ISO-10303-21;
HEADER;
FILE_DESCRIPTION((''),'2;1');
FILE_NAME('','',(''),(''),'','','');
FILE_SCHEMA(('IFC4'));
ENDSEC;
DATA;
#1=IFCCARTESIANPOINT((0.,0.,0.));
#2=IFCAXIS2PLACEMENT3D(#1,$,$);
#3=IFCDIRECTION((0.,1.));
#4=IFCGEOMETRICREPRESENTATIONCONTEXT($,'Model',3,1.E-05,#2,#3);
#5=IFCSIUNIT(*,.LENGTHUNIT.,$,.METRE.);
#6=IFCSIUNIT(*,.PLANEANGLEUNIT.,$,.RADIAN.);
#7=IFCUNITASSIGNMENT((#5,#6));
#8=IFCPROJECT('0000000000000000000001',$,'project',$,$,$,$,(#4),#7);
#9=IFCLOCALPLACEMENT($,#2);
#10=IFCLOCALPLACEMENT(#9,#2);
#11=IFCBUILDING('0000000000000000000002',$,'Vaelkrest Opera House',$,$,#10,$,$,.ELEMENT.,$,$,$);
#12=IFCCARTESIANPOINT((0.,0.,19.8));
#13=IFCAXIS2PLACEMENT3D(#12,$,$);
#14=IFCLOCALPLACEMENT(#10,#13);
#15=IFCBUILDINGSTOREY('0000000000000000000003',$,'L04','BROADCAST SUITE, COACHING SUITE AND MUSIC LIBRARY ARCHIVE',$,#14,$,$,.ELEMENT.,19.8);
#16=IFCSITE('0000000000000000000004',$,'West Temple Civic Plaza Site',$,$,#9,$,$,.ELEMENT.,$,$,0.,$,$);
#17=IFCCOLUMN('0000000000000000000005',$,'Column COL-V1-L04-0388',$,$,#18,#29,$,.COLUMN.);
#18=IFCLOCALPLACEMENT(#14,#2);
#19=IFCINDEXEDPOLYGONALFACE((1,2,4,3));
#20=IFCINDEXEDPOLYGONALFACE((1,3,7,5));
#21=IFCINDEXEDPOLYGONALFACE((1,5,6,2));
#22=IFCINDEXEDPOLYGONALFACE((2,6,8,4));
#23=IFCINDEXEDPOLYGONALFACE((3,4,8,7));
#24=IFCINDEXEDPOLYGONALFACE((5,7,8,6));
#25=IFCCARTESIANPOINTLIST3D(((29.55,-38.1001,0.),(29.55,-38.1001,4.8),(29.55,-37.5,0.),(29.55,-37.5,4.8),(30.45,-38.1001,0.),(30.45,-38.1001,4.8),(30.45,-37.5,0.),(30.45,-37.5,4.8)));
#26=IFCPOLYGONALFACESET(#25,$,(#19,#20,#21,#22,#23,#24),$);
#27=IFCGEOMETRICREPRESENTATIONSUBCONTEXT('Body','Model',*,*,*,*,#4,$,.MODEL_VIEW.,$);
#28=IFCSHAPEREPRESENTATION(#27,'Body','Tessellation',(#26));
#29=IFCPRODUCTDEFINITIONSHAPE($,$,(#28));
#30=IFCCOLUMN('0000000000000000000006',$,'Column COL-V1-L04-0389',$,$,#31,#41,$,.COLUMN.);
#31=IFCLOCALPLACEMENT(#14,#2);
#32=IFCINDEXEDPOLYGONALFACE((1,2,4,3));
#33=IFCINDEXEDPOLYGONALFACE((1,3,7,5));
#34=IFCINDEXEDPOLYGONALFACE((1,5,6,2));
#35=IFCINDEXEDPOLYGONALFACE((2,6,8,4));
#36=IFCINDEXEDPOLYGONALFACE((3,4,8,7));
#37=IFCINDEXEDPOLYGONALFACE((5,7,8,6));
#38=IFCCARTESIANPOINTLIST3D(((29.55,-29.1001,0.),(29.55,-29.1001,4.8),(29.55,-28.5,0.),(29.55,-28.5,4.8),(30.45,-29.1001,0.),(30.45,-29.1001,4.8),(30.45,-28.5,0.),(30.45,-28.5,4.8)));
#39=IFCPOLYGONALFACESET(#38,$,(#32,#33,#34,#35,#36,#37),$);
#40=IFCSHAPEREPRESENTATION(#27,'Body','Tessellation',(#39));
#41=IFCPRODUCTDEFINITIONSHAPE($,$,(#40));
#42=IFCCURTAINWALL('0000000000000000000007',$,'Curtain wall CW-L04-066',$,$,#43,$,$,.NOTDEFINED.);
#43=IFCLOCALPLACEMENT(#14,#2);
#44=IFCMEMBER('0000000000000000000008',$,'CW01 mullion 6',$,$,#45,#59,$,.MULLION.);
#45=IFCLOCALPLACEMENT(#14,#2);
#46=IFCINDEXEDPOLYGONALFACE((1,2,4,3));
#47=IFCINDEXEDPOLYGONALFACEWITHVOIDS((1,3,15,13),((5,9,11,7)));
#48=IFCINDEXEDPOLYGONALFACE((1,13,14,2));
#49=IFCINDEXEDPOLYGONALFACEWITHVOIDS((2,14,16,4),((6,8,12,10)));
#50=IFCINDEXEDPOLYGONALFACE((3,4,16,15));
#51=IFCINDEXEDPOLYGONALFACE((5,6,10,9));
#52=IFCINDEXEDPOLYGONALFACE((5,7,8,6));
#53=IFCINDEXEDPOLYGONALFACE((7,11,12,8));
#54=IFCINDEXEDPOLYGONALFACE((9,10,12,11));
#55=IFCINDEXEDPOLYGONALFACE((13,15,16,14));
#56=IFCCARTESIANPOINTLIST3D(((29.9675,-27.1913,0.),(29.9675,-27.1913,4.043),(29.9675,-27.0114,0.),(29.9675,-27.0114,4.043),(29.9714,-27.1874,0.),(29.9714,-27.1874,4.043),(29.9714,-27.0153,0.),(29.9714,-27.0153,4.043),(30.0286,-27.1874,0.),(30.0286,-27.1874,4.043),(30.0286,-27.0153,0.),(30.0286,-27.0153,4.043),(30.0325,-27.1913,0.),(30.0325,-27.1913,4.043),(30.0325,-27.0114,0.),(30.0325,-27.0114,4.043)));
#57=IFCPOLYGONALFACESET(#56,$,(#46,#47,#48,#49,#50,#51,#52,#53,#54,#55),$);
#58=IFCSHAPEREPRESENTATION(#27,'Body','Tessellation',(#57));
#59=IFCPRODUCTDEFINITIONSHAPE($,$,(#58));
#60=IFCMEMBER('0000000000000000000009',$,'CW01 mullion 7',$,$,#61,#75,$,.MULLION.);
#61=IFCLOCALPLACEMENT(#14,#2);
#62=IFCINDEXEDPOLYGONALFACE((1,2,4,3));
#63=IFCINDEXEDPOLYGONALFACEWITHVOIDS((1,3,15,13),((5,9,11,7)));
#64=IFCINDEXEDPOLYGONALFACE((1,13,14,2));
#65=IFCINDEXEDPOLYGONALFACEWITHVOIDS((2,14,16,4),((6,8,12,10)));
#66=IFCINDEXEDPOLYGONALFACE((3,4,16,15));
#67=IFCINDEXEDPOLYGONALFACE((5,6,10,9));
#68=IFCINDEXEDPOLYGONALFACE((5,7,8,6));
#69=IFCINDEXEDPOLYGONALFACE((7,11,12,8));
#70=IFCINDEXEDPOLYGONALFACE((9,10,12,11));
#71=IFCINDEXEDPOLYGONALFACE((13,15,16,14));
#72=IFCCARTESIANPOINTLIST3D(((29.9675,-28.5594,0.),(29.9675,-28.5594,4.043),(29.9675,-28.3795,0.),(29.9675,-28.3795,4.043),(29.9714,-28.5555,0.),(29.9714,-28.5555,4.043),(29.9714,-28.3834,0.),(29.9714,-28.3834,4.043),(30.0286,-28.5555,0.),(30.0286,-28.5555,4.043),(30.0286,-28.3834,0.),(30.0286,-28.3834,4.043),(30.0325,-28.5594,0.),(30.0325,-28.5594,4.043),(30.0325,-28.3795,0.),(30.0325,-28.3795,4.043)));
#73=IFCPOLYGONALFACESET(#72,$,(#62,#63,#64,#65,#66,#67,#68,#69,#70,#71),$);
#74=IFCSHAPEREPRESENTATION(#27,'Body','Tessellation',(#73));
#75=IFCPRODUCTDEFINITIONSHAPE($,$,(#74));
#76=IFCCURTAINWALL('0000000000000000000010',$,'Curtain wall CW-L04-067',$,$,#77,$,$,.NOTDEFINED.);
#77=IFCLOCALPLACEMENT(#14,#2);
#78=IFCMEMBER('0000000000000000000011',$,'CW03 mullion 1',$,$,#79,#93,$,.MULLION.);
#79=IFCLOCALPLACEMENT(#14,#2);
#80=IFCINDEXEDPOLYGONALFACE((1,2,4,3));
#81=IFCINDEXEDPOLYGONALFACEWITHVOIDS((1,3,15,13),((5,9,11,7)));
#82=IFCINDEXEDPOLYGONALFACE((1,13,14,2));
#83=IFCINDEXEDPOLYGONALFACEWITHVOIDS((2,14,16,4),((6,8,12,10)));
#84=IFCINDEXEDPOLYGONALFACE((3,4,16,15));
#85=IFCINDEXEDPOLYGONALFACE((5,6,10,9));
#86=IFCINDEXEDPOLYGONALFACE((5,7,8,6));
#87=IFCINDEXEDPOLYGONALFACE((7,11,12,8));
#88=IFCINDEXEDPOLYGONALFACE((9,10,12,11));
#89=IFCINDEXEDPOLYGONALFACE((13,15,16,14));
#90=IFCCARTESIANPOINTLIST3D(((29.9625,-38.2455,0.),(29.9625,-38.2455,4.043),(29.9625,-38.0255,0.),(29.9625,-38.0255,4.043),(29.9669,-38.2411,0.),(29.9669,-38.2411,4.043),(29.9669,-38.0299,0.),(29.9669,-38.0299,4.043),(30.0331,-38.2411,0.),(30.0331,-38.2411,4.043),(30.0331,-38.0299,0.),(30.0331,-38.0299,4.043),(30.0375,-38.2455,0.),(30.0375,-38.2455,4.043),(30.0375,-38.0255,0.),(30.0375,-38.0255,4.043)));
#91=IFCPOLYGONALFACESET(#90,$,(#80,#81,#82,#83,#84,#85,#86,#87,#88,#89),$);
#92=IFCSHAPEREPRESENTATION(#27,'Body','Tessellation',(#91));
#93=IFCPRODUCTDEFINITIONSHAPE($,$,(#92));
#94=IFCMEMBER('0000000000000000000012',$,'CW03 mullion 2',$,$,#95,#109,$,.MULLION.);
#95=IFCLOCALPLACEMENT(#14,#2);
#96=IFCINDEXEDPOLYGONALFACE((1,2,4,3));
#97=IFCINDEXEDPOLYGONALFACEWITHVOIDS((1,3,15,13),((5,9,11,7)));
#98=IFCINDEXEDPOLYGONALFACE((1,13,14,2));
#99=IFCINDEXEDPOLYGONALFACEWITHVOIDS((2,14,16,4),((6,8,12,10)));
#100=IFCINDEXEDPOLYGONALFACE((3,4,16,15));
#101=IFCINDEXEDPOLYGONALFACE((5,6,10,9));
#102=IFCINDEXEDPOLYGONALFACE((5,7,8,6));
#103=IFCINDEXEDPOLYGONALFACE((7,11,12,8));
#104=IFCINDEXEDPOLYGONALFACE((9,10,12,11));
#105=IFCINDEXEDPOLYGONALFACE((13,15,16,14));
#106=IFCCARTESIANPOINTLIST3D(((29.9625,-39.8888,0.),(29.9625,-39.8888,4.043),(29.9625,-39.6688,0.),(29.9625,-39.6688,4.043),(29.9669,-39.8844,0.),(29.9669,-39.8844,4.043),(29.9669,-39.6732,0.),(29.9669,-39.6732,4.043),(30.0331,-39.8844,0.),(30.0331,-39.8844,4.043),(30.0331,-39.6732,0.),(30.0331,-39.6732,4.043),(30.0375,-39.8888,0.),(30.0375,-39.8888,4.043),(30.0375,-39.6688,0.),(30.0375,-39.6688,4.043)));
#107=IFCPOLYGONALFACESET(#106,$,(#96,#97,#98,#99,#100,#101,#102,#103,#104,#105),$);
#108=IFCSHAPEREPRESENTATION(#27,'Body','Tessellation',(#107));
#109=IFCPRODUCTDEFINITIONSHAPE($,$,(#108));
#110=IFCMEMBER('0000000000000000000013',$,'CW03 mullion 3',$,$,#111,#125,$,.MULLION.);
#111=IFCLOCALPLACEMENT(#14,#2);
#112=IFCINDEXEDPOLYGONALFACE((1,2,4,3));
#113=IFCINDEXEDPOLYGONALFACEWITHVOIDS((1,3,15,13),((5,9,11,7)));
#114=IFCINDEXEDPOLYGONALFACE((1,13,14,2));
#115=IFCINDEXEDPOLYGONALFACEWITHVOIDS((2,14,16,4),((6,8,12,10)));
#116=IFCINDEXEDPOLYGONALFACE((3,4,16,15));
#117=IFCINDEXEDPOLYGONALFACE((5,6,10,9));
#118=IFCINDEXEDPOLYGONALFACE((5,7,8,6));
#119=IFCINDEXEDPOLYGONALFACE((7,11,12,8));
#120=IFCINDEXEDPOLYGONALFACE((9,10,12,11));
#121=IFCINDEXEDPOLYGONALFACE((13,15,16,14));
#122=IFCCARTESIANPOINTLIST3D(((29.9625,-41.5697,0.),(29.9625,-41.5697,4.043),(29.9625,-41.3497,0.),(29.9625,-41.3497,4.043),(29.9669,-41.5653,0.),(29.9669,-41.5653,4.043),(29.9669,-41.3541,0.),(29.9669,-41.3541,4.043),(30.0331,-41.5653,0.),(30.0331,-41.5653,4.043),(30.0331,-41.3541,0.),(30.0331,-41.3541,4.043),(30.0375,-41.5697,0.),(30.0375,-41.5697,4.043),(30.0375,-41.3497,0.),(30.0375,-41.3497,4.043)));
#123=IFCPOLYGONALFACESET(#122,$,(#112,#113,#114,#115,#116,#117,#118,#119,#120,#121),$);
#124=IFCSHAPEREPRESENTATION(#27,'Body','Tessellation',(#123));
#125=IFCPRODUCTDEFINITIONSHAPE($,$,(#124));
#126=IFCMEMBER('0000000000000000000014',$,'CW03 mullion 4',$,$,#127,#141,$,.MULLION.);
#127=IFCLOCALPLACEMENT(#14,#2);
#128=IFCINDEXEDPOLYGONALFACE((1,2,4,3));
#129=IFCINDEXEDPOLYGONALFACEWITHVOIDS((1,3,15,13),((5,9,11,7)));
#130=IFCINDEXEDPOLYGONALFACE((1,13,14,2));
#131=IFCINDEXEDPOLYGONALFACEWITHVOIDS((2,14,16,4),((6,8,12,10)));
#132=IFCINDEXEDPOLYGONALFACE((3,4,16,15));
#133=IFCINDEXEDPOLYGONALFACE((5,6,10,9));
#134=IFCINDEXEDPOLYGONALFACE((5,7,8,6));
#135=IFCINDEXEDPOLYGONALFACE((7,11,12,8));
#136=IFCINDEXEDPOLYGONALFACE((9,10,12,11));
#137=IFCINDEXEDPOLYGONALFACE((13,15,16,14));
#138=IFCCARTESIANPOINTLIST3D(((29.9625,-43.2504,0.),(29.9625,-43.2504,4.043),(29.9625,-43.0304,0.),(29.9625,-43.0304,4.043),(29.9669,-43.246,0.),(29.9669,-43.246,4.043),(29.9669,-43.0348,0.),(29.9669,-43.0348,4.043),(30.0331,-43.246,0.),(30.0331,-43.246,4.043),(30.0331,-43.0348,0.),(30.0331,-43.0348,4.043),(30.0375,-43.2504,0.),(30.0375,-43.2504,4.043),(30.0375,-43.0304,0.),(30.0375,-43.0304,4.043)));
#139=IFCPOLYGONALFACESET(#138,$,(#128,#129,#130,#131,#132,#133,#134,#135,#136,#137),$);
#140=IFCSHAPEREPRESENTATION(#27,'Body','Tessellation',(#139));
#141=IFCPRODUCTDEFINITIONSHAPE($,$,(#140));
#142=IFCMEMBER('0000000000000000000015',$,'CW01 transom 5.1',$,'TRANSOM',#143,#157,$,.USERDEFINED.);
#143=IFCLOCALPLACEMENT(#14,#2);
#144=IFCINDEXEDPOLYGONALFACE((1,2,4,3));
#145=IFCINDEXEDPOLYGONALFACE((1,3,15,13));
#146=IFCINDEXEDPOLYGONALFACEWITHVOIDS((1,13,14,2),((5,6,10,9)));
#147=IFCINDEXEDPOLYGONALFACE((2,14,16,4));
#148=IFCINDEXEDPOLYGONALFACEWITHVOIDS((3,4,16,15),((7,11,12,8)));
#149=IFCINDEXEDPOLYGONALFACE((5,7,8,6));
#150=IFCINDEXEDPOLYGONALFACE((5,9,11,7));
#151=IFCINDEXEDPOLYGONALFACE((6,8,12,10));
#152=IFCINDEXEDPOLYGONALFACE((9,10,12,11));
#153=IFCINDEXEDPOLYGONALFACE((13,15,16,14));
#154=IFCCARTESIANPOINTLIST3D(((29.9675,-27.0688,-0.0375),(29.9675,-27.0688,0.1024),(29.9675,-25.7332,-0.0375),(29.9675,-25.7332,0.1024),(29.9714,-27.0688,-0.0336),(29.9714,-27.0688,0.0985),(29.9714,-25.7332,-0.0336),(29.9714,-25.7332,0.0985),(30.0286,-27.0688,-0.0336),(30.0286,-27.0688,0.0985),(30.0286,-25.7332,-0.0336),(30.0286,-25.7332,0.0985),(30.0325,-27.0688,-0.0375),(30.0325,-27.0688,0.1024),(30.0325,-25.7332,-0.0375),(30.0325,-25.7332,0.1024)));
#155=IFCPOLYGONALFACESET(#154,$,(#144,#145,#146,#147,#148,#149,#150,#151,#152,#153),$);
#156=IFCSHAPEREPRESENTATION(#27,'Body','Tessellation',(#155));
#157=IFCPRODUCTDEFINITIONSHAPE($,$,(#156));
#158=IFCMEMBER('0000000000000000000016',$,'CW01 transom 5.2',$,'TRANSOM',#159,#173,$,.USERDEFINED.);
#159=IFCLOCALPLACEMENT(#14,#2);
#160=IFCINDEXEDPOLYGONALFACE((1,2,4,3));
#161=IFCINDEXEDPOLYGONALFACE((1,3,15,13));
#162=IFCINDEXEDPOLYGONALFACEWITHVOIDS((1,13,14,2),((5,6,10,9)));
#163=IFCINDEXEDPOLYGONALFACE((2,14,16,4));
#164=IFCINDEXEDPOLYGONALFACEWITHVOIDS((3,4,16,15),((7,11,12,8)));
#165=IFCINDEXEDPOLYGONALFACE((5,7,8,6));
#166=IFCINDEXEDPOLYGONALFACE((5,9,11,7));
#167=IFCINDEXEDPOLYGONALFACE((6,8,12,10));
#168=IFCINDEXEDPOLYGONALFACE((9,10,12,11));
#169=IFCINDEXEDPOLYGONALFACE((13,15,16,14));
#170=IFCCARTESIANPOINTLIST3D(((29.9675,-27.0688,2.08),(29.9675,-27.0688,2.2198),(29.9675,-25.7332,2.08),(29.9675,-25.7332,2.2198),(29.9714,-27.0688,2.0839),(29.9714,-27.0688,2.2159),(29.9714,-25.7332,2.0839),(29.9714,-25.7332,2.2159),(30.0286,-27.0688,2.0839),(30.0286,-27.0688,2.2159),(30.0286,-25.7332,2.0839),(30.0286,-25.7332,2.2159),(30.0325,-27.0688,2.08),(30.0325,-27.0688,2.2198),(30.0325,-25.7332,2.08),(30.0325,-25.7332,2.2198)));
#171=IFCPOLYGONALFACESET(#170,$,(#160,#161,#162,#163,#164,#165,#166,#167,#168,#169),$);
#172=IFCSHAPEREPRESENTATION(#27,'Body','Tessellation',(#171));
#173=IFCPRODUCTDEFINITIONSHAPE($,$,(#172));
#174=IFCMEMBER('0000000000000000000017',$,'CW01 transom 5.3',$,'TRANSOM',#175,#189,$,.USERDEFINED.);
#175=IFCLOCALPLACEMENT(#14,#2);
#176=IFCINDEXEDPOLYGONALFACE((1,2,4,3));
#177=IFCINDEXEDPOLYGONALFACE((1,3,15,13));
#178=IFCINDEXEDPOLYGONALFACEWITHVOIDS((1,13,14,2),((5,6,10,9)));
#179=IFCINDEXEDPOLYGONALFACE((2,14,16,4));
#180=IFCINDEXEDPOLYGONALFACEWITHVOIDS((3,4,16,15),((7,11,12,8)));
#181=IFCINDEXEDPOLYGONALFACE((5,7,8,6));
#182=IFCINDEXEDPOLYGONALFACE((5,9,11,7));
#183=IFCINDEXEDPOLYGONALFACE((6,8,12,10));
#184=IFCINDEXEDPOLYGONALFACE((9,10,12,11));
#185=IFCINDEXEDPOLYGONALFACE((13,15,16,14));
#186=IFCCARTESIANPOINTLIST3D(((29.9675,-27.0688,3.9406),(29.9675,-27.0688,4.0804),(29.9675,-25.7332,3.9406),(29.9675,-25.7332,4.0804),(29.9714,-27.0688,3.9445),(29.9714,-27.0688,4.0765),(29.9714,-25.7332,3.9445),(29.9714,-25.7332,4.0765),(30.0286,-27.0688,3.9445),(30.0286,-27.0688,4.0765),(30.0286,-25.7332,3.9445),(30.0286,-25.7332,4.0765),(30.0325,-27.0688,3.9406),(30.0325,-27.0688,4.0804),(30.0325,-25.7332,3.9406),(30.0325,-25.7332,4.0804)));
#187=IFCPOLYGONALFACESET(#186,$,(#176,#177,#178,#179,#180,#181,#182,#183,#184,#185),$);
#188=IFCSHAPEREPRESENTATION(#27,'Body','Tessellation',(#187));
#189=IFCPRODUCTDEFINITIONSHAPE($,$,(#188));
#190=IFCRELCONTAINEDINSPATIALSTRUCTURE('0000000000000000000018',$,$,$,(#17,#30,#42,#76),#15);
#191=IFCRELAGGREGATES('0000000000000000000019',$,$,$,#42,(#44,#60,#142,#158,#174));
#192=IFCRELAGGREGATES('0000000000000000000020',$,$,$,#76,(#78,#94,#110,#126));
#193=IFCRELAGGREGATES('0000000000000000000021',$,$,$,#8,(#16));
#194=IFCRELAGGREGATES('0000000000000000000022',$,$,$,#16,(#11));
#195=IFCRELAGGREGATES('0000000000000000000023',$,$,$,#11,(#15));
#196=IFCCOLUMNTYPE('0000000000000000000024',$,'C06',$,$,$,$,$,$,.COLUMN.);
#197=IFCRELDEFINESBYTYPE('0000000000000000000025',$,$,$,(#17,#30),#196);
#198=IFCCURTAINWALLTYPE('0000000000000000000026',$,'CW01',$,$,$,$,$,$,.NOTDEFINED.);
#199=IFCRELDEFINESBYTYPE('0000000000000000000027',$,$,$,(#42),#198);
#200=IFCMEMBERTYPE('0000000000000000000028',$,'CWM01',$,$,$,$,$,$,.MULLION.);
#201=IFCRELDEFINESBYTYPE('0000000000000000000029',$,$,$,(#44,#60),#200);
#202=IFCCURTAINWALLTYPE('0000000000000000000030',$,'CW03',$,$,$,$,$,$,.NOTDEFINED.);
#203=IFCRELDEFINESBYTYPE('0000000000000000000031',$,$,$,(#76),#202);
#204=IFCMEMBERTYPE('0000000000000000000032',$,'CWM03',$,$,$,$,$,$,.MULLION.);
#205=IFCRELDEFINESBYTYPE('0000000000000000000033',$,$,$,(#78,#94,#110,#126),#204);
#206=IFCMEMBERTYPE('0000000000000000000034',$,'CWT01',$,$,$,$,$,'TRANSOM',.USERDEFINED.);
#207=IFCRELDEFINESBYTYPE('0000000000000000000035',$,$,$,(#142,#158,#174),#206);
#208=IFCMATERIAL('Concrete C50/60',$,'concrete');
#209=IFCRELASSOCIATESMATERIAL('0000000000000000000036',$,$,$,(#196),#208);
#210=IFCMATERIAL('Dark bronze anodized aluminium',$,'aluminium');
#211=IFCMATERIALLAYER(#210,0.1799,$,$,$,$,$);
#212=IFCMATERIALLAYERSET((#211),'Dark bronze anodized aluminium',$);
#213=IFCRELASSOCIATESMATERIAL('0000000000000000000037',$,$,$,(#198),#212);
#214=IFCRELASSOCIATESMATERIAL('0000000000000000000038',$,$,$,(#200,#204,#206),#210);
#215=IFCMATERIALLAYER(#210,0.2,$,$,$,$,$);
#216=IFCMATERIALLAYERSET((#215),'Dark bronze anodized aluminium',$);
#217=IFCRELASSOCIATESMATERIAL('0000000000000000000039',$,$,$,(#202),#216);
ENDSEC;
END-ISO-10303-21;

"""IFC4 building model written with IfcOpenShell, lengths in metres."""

from ifc_helpers import new_model, si_unit, direction, frame, origin, origin_2d, place, context, subcontext, project, spatial, rectangle, hollow_rectangle, extrude, material, layer, layer_set, material_profile, profile_set, type_object, element, aggregate, save


model = new_model("IFC4")

# Units and contexts
model_context = context("Model", 3, precision=1e-05, world=origin(), true_north=direction((0.0, 1.0)))
body_context = subcontext(model_context, "Body", "Model", "MODEL_VIEW")
ifc_project = project(units=[si_unit("LENGTHUNIT", "METRE"), si_unit("PLANEANGLEUNIT", "RADIAN")], contexts=[model_context])

# Site, building, storey
site_placement = place(None, origin())
site = spatial("IfcSite", under=ifc_project, at=site_placement, Name="West Temple Civic Plaza Site", CompositionType="ELEMENT", RefElevation=0.0)
building_placement = place(site_placement, origin())
building = spatial("IfcBuilding", under=site, at=building_placement, Name="Vaelkrest Opera House", CompositionType="ELEMENT")
storey_placement = place(building_placement, frame((0.0, 0.0, 19.8)))
storey = spatial("IfcBuildingStorey", under=building, at=storey_placement, Name="L04", Description="BROADCAST SUITE, COACHING SUITE AND MUSIC LIBRARY ARCHIVE", CompositionType="ELEMENT", Elevation=19.8)

# Columns
ifc_material_1 = material(Name="Concrete C50/60", Category="concrete")
ifc_material_profile_1 = material_profile(ifc_material_1, rectangle(XDim=0.6001, YDim=0.8999, at=origin_2d()), Name="RC600X900")
ifc_profile_set_1 = profile_set([ifc_material_profile_1], Name="Concrete C50/60")
column_type = type_object("IfcColumnType", Name="C06", PredefinedType="COLUMN", material=ifc_profile_set_1)
for number, where, z_axis, x_axis, name in (
    (1, (30.0, -37.8, 0.0), (0.0, 0.0, 1.0), (0.0, 1.0, 0.0), "Column COL-V1-L04-0388"),
    (2, (30.0, -28.8, 0.0), (0.0, 0.0, 1.0), (0.0, 1.0, 0.0), "Column COL-V1-L04-0389"),
):
    element("IfcColumn", number, at=place(storey_placement, frame(where, z_axis=z_axis, x_axis=x_axis)), inside=storey, type_object=column_type, Name=name, PredefinedType="COLUMN", context=body_context, shape_type="SweptSolid", body=[
        extrude(rectangle(XDim=0.6001, YDim=0.8999, at=origin_2d()), origin(), (0.0, 0.0, 1.0), 4.8),
    ])

# Curtain walls, members
ifc_material_2 = material(Name="Dark bronze anodized aluminium", Category="aluminium")
ifc_layer_1 = layer(ifc_material_2, 0.1799)
ifc_layer_set_1 = layer_set([ifc_layer_1], Name="Dark bronze anodized aluminium")
curtain_wall_type_1 = type_object("IfcCurtainWallType", Name="CW01", PredefinedType="NOTDEFINED", material=ifc_layer_set_1)
curtain_wall_1_placement = place(storey_placement, origin())
curtain_wall_1 = element("IfcCurtainWall", 3, at=curtain_wall_1_placement, inside=storey, type_object=curtain_wall_type_1, Name="Curtain wall CW-L04-066", PredefinedType="NOTDEFINED")
ifc_material_profile_2 = material_profile(ifc_material_2, hollow_rectangle(XDim=0.0649, YDim=0.1799, WallThickness=0.0039, at=origin_2d()), Name="CWM65X180")
ifc_profile_set_2 = profile_set([ifc_material_profile_2], Name="Dark bronze anodized aluminium")
member_type_1 = type_object("IfcMemberType", Name="CWM01", PredefinedType="MULLION", material=ifc_profile_set_2)
member_1_placement = place(storey_placement, frame((30.0, -27.1013, 0.0), z_axis=(0.0, 0.0, 1.0), x_axis=(1.0, 0.0, 0.0)))
member_1 = element("IfcMember", 4, at=member_1_placement, type_object=member_type_1, Name="CW01 mullion 6", PredefinedType="MULLION", context=body_context, shape_type="SweptSolid", body=[
    extrude(hollow_rectangle(XDim=0.0649, YDim=0.1799, WallThickness=0.0039, at=origin_2d()), origin(), (0.0, 0.0, 1.0), 4.043),
])
member_2_placement = place(storey_placement, frame((30.0, -28.4695, 0.0), z_axis=(0.0, 0.0, 1.0), x_axis=(1.0, 0.0, 0.0)))
member_2 = element("IfcMember", 5, at=member_2_placement, type_object=member_type_1, Name="CW01 mullion 7", PredefinedType="MULLION", context=body_context, shape_type="SweptSolid", body=[
    extrude(hollow_rectangle(XDim=0.0649, YDim=0.1799, WallThickness=0.0039, at=origin_2d()), origin(), (0.0, 0.0, 1.0), 4.043),
])
ifc_layer_2 = layer(ifc_material_2, 0.2)
ifc_layer_set_2 = layer_set([ifc_layer_2], Name="Dark bronze anodized aluminium")
curtain_wall_type_2 = type_object("IfcCurtainWallType", Name="CW03", PredefinedType="NOTDEFINED", material=ifc_layer_set_2)
curtain_wall_2_placement = place(storey_placement, origin())
curtain_wall_2 = element("IfcCurtainWall", 6, at=curtain_wall_2_placement, inside=storey, type_object=curtain_wall_type_2, Name="Curtain wall CW-L04-067", PredefinedType="NOTDEFINED")
ifc_material_profile_3 = material_profile(ifc_material_2, hollow_rectangle(XDim=0.075, YDim=0.22, WallThickness=0.0044, at=origin_2d()), Name="CWM75X220")
ifc_profile_set_3 = profile_set([ifc_material_profile_3], Name="Dark bronze anodized aluminium")
member_type_2 = type_object("IfcMemberType", Name="CWM03", PredefinedType="MULLION", material=ifc_profile_set_3)
member_3_placement = place(storey_placement, frame((30.0, -38.1355, 0.0), z_axis=(0.0, 0.0, 1.0), x_axis=(1.0, 0.0, 0.0)))
member_3 = element("IfcMember", 7, at=member_3_placement, type_object=member_type_2, Name="CW03 mullion 1", PredefinedType="MULLION", context=body_context, shape_type="SweptSolid", body=[
    extrude(hollow_rectangle(XDim=0.075, YDim=0.22, WallThickness=0.0044, at=origin_2d()), origin(), (0.0, 0.0, 1.0), 4.043),
])
member_4_placement = place(storey_placement, frame((30.0, -39.7788, 0.0), z_axis=(0.0, 0.0, 1.0), x_axis=(1.0, 0.0, 0.0)))
member_4 = element("IfcMember", 8, at=member_4_placement, type_object=member_type_2, Name="CW03 mullion 2", PredefinedType="MULLION", context=body_context, shape_type="SweptSolid", body=[
    extrude(hollow_rectangle(XDim=0.075, YDim=0.22, WallThickness=0.0044, at=origin_2d()), origin(), (0.0, 0.0, 1.0), 4.043),
])
member_5_placement = place(storey_placement, frame((30.0, -41.4597, 0.0), z_axis=(0.0, 0.0, 1.0), x_axis=(1.0, 0.0, 0.0)))
member_5 = element("IfcMember", 9, at=member_5_placement, type_object=member_type_2, Name="CW03 mullion 3", PredefinedType="MULLION", context=body_context, shape_type="SweptSolid", body=[
    extrude(hollow_rectangle(XDim=0.075, YDim=0.22, WallThickness=0.0044, at=origin_2d()), origin(), (0.0, 0.0, 1.0), 4.043),
])
member_6_placement = place(storey_placement, frame((30.0, -43.1404, 0.0), z_axis=(0.0, 0.0, 1.0), x_axis=(1.0, 0.0, 0.0)))
member_6 = element("IfcMember", 10, at=member_6_placement, type_object=member_type_2, Name="CW03 mullion 4", PredefinedType="MULLION", context=body_context, shape_type="SweptSolid", body=[
    extrude(hollow_rectangle(XDim=0.075, YDim=0.22, WallThickness=0.0044, at=origin_2d()), origin(), (0.0, 0.0, 1.0), 4.043),
])

# Members
ifc_material_profile_4 = material_profile(ifc_material_2, hollow_rectangle(XDim=0.0649, YDim=0.1399, WallThickness=0.0039, at=origin_2d()), Name="CWT65X140")
ifc_profile_set_4 = profile_set([ifc_material_profile_4], Name="Dark bronze anodized aluminium")
member_type_3 = type_object("IfcMemberType", Name="CWT01", ElementType="TRANSOM", PredefinedType="USERDEFINED", material=ifc_profile_set_4)
member_7_placement = place(storey_placement, frame((30.0, -25.7332, 0.0325), z_axis=(0.0, -1.0, 0.0), x_axis=(1.0, 0.0, 0.0)))
member_7 = element("IfcMember", 11, at=member_7_placement, type_object=member_type_3, Name="CW01 transom 5.1", ObjectType="TRANSOM", PredefinedType="USERDEFINED", context=body_context, shape_type="SweptSolid", body=[
    extrude(hollow_rectangle(XDim=0.0649, YDim=0.1399, WallThickness=0.0039, at=origin_2d()), origin(), (0.0, 0.0, 1.0), 1.3357),
])
member_8_placement = place(storey_placement, frame((30.0, -25.7332, 2.1499), z_axis=(0.0, -1.0, 0.0), x_axis=(1.0, 0.0, 0.0)))
member_8 = element("IfcMember", 12, at=member_8_placement, type_object=member_type_3, Name="CW01 transom 5.2", ObjectType="TRANSOM", PredefinedType="USERDEFINED", context=body_context, shape_type="SweptSolid", body=[
    extrude(hollow_rectangle(XDim=0.0649, YDim=0.1399, WallThickness=0.0039, at=origin_2d()), origin(), (0.0, 0.0, 1.0), 1.3357),
])
member_9_placement = place(storey_placement, frame((30.0, -25.7332, 4.0105), z_axis=(0.0, -1.0, 0.0), x_axis=(1.0, 0.0, 0.0)))
member_9 = element("IfcMember", 13, at=member_9_placement, type_object=member_type_3, Name="CW01 transom 5.3", ObjectType="TRANSOM", PredefinedType="USERDEFINED", context=body_context, shape_type="SweptSolid", body=[
    extrude(hollow_rectangle(XDim=0.0649, YDim=0.1399, WallThickness=0.0039, at=origin_2d()), origin(), (0.0, 0.0, 1.0), 1.3357),
])

aggregate(curtain_wall_1, [member_1, member_2, member_7, member_8, member_9])
aggregate(curtain_wall_2, [member_3, member_4, member_5, member_6])

save(model, "model.ifc")
